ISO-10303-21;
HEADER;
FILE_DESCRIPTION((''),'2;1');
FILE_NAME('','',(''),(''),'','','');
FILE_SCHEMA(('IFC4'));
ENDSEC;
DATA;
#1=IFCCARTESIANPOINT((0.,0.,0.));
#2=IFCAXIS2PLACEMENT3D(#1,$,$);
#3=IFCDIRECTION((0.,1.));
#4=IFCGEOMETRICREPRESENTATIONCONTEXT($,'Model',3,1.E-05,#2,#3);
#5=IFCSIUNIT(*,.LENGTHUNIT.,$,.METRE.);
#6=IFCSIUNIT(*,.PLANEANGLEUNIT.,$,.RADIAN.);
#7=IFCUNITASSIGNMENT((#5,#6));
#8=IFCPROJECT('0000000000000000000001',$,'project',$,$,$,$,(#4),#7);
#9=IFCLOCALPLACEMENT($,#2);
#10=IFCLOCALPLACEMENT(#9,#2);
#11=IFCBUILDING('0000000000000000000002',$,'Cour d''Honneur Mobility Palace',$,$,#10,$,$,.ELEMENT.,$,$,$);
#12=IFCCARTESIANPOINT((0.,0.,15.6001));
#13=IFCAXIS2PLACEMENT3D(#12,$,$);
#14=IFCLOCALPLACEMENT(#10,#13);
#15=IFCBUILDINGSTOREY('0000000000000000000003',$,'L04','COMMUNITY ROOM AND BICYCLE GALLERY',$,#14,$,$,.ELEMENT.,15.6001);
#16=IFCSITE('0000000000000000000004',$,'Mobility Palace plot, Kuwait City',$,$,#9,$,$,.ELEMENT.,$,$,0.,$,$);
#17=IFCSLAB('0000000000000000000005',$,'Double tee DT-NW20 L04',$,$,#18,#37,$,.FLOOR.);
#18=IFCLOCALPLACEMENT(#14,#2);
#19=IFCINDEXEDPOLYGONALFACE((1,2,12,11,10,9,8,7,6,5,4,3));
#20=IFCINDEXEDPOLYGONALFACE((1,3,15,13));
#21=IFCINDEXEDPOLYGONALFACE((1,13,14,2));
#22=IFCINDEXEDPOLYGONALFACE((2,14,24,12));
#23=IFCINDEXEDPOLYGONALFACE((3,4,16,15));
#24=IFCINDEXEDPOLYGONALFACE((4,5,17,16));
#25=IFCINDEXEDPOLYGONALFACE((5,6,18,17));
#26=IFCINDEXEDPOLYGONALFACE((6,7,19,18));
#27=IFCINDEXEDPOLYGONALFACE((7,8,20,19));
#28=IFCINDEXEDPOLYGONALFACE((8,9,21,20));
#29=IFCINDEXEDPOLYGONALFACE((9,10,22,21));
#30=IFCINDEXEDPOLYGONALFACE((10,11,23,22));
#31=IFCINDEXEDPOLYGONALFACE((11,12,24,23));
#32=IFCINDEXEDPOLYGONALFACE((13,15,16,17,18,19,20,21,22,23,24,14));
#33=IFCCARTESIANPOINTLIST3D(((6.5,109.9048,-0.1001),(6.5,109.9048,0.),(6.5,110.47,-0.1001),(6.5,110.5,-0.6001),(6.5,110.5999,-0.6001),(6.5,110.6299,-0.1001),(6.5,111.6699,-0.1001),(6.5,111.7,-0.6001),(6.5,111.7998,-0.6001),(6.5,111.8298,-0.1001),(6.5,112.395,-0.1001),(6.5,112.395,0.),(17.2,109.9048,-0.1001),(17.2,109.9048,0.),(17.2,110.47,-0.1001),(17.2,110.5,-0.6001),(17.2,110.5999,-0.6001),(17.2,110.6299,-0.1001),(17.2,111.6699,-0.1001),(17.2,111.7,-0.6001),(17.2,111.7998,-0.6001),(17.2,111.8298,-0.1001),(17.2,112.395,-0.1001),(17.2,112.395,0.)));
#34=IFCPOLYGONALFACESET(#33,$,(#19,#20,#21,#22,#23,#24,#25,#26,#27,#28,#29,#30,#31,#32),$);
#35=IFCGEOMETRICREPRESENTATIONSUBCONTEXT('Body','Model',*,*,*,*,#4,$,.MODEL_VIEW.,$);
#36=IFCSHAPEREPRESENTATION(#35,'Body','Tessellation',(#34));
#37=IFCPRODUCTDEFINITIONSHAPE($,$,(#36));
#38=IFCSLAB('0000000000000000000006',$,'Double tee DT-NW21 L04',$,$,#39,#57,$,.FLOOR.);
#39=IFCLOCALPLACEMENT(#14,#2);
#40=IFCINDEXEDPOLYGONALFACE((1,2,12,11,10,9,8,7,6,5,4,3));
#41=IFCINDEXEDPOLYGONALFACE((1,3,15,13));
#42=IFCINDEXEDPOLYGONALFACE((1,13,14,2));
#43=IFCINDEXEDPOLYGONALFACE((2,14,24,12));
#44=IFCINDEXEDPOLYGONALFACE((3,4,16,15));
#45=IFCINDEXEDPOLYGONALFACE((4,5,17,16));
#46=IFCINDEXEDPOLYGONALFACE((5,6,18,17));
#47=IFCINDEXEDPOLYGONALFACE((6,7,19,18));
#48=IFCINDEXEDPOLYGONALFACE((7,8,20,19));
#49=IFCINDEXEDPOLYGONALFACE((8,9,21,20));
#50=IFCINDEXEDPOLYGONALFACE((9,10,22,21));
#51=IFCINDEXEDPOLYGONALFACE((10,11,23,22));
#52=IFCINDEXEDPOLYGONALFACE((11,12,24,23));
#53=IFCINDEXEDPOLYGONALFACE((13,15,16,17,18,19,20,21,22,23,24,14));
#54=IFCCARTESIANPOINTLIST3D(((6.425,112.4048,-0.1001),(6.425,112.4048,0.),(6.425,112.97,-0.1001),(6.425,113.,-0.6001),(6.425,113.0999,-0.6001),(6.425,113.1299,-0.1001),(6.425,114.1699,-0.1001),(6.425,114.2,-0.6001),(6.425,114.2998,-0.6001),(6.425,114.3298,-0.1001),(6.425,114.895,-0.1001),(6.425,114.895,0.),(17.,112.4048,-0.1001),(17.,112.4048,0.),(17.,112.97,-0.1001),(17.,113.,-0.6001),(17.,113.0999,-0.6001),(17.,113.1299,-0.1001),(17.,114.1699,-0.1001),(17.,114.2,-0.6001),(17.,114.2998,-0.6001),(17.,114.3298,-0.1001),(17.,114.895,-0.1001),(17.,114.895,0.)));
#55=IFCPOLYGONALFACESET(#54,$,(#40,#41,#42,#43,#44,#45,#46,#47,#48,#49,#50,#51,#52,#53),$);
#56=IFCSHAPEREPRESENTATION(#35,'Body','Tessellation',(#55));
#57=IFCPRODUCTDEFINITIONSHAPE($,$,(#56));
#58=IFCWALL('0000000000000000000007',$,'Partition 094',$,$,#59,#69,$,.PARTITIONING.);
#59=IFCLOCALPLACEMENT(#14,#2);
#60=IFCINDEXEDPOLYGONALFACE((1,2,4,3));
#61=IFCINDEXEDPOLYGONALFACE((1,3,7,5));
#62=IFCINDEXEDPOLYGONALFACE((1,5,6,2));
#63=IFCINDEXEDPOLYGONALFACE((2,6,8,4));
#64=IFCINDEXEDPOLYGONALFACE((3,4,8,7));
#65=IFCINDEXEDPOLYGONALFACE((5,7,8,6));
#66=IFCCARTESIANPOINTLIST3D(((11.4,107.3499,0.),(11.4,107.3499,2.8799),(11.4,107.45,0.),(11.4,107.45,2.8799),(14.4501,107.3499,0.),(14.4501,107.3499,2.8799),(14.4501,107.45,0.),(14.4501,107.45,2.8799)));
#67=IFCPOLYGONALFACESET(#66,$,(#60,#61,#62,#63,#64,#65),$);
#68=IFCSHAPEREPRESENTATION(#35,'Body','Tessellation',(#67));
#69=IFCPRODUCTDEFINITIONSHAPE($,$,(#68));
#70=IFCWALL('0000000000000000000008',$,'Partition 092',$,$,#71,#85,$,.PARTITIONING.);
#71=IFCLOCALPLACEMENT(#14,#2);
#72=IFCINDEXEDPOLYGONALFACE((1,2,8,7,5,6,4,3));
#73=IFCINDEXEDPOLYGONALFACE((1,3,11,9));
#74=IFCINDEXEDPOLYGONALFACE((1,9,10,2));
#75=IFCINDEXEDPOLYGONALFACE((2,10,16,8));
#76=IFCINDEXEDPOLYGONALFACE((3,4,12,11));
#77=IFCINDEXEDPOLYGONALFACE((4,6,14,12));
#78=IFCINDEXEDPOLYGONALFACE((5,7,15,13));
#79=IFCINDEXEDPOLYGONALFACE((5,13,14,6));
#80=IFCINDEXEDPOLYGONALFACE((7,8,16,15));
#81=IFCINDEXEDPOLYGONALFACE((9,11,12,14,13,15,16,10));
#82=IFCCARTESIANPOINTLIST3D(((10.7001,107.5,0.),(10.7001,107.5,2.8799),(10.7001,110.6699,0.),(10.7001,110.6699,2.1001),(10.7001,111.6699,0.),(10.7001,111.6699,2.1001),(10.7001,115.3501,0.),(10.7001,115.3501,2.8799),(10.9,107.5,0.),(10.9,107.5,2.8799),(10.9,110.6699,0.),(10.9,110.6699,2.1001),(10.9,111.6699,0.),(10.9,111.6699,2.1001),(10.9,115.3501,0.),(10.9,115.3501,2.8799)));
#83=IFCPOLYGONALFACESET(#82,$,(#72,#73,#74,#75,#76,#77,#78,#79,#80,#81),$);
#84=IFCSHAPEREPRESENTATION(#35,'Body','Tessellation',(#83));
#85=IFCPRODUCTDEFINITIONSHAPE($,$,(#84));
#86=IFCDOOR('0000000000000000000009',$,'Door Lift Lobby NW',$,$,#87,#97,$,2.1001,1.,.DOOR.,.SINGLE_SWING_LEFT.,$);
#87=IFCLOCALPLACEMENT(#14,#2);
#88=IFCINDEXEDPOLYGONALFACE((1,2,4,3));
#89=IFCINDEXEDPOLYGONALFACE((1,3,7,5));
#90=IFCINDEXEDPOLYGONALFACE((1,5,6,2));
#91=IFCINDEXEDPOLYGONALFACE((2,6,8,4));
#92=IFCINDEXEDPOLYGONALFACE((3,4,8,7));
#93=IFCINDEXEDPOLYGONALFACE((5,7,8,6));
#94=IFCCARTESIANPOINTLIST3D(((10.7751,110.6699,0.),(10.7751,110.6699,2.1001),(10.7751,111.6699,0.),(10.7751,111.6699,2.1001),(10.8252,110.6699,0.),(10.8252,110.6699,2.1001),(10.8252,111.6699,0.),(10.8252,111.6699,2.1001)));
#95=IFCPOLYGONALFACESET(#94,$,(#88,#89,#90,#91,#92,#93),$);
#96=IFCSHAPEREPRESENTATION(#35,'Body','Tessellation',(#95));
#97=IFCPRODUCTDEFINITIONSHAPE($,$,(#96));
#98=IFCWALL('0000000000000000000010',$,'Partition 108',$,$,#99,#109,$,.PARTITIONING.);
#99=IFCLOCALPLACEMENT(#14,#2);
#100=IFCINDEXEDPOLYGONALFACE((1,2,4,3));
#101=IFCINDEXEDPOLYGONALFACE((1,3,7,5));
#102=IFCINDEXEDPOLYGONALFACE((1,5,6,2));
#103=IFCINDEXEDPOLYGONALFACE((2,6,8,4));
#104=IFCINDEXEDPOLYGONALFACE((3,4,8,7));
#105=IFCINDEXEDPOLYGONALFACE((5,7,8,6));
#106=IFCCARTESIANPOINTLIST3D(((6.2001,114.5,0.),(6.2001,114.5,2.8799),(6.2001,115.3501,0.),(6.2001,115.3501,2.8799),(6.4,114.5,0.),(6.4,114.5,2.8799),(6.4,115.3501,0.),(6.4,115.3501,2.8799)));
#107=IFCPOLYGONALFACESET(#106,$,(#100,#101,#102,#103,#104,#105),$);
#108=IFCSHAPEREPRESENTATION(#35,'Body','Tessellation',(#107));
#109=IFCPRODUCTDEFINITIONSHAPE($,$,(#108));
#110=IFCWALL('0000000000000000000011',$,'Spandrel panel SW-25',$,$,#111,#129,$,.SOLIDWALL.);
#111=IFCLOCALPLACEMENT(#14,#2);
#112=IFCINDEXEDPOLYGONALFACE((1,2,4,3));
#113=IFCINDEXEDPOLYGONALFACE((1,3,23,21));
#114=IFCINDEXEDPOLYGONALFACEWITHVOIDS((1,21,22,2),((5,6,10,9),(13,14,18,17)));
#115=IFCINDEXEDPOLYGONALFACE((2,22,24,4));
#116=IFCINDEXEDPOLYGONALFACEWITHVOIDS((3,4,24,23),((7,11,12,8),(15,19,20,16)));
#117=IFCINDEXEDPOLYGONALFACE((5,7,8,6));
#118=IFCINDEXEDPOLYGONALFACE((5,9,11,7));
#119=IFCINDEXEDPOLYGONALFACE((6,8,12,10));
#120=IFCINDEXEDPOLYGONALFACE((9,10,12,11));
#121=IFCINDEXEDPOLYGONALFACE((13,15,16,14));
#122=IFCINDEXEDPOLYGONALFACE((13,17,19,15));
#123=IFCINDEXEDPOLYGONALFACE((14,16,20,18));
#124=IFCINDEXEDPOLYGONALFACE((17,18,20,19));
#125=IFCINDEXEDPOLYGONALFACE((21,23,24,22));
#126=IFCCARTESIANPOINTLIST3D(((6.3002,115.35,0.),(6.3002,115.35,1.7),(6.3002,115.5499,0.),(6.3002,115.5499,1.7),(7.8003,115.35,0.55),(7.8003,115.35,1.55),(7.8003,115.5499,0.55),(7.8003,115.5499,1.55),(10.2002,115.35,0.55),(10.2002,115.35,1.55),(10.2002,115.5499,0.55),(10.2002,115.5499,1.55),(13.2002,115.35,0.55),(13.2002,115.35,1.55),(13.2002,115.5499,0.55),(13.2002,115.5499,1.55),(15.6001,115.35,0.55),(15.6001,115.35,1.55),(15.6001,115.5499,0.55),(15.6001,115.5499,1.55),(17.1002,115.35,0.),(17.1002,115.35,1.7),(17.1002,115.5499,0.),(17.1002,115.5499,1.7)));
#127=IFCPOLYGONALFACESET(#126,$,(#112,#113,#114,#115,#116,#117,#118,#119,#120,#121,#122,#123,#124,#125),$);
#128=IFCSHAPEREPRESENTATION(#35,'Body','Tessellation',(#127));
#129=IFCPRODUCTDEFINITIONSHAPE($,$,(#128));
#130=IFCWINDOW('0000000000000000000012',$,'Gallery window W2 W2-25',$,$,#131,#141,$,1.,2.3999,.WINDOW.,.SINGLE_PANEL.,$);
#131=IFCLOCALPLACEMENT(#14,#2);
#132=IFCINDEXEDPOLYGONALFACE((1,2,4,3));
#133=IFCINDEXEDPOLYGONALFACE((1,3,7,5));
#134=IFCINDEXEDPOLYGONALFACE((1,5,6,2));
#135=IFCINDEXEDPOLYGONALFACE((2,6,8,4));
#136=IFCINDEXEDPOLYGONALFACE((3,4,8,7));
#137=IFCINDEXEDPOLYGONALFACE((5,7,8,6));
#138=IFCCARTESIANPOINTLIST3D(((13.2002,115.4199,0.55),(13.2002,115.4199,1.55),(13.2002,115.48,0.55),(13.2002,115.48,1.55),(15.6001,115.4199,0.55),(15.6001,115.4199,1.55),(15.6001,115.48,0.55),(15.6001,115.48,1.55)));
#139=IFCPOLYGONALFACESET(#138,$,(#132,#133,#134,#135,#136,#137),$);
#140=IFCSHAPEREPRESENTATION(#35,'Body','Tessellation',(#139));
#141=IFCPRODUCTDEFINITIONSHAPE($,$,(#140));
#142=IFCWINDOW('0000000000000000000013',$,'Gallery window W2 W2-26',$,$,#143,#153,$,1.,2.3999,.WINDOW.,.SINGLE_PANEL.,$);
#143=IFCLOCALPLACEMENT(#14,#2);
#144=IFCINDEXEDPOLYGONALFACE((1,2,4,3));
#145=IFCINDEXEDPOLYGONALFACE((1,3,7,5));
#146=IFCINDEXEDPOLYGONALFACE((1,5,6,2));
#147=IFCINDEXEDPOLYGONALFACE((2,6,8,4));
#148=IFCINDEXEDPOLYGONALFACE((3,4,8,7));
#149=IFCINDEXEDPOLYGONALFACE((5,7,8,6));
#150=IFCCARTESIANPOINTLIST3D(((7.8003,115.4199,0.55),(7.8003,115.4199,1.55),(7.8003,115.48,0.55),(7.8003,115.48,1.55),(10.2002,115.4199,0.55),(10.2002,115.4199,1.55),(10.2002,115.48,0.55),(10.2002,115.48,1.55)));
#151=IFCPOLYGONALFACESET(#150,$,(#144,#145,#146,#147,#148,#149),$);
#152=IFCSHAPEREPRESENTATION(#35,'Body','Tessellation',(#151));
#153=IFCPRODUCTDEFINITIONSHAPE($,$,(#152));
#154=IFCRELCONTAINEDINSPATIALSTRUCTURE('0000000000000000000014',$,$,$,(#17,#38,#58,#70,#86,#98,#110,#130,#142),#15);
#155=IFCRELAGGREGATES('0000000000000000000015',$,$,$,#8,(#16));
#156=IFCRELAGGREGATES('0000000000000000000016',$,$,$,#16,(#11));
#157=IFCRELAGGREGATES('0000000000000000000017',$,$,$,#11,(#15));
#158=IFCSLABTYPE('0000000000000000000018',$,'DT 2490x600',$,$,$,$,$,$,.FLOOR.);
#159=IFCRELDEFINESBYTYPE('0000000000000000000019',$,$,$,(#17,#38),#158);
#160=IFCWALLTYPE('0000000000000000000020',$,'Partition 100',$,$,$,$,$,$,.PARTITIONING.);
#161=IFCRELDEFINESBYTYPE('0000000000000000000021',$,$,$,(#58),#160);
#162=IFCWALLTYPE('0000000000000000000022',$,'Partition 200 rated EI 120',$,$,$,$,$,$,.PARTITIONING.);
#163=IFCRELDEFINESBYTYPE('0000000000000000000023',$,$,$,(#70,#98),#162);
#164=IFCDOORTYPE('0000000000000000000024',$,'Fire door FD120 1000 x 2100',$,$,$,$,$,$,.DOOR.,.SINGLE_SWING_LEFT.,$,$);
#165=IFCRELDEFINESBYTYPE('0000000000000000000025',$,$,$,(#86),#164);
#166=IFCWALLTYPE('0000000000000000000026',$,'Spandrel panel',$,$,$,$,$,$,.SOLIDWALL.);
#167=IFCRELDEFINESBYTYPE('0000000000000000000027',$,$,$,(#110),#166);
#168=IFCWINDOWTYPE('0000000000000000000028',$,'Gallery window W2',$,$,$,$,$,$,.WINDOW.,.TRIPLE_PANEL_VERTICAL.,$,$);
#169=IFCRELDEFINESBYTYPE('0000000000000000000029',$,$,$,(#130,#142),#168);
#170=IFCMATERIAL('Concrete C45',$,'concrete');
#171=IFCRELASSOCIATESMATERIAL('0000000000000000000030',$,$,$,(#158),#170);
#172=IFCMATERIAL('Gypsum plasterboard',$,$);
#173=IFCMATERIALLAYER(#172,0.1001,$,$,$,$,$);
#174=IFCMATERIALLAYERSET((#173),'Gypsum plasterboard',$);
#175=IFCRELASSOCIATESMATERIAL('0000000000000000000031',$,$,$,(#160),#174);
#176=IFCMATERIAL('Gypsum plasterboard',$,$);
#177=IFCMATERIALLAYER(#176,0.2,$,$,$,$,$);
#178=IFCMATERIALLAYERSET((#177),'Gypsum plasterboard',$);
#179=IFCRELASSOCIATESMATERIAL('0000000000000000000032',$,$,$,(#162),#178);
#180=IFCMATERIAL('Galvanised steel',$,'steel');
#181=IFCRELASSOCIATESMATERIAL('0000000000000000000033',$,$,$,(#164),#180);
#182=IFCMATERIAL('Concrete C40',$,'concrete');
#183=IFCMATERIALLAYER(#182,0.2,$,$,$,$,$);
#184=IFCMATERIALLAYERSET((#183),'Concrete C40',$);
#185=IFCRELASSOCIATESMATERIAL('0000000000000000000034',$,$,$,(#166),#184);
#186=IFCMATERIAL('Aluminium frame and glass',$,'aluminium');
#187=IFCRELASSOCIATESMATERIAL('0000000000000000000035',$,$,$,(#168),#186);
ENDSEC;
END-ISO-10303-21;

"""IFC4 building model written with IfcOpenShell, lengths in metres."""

from ifc_helpers import new_model, si_unit, direction, frame, frame_2d, origin, place, context, subcontext, project, spatial, polyline, rectangle, outline, extrude, material, layer, layer_set, material_profile, profile_set, type_object, element, fill, save


model = new_model("IFC4")

# Units and contexts
model_context = context("Model", 3, precision=1e-05, world=origin(), true_north=direction((0.0, 1.0)))
body_context = subcontext(model_context, "Body", "Model", "MODEL_VIEW")
ifc_project = project(units=[si_unit("LENGTHUNIT", "METRE"), si_unit("PLANEANGLEUNIT", "RADIAN")], contexts=[model_context])

# Site, building, storey
site_placement = place(None, origin())
site = spatial("IfcSite", under=ifc_project, at=site_placement, Name="Mobility Palace plot, Kuwait City", CompositionType="ELEMENT", RefElevation=0.0)
building_placement = place(site_placement, origin())
building = spatial("IfcBuilding", under=site, at=building_placement, Name="Cour d'Honneur Mobility Palace", CompositionType="ELEMENT")
storey_placement = place(building_placement, frame((0.0, 0.0, 15.6001)))
storey = spatial("IfcBuildingStorey", under=building, at=storey_placement, Name="L04", Description="COMMUNITY ROOM AND BICYCLE GALLERY", CompositionType="ELEMENT", Elevation=15.6001)

# Slabs
ifc_material_1 = material(Name="Concrete C45", Category="concrete")
ifc_material_profile_1 = material_profile(ifc_material_1, outline(polyline([(-1.2451, 0.0), (1.2451, 0.0), (1.2451, -0.1001), (0.6799, -0.1001), (0.6499, -0.6001), (0.55, -0.6001), (0.52, -0.1001), (-0.52, -0.1001), (-0.55, -0.6001), (-0.6499, -0.6001), (-0.6799, -0.1001), (-1.2451, -0.1001), (-1.2451, 0.0)])), Name="DT 2490x600")
ifc_profile_set_1 = profile_set([ifc_material_profile_1], Name="Concrete C45")
slab_type = type_object("IfcSlabType", Name="DT 2490x600", PredefinedType="FLOOR", material=ifc_profile_set_1)
slab_1_placement = place(storey_placement, frame((6.5, 111.1499, 0.0), z_axis=(1.0, 0.0, 0.0), x_axis=(0.0, 1.0, 0.0)))
element("IfcSlab", 1, at=slab_1_placement, inside=storey, type_object=slab_type, Name="Double tee DT-NW20 L04", PredefinedType="FLOOR", context=body_context, shape_type="SweptSolid", body=[
    extrude(outline(polyline([(-1.2451, 0.0), (1.2451, 0.0), (1.2451, -0.1001), (0.6799, -0.1001), (0.6499, -0.6001), (0.55, -0.6001), (0.52, -0.1001), (-0.52, -0.1001), (-0.55, -0.6001), (-0.6499, -0.6001), (-0.6799, -0.1001), (-1.2451, -0.1001), (-1.2451, 0.0)])), origin(), (0.0, 0.0, 1.0), 10.7),
])
slab_2_placement = place(storey_placement, frame((6.425, 113.6499, 0.0), z_axis=(1.0, 0.0, 0.0), x_axis=(0.0, 1.0, 0.0)))
element("IfcSlab", 2, at=slab_2_placement, inside=storey, type_object=slab_type, Name="Double tee DT-NW21 L04", PredefinedType="FLOOR", context=body_context, shape_type="SweptSolid", body=[
    extrude(outline(polyline([(-1.2451, 0.0), (1.2451, 0.0), (1.2451, -0.1001), (0.6799, -0.1001), (0.6499, -0.6001), (0.55, -0.6001), (0.52, -0.1001), (-0.52, -0.1001), (-0.55, -0.6001), (-0.6499, -0.6001), (-0.6799, -0.1001), (-1.2451, -0.1001), (-1.2451, 0.0)])), origin(), (0.0, 0.0, 1.0), 10.575),
])

# Wall
ifc_material_2 = material(Name="Gypsum plasterboard")
ifc_layer_1 = layer(ifc_material_2, 0.1001)
ifc_layer_set_1 = layer_set([ifc_layer_1], Name="Gypsum plasterboard")
wall_type_1 = type_object("IfcWallType", Name="Partition 100", PredefinedType="PARTITIONING", material=ifc_layer_set_1)
wall_1_placement = place(storey_placement, frame((14.45, 107.3999, 0.0), z_axis=(0.0, 0.0, 1.0), x_axis=(-1.0, 0.0, 0.0)))
element("IfcWall", 3, at=wall_1_placement, inside=storey, type_object=wall_type_1, Name="Partition 094", PredefinedType="PARTITIONING", context=body_context, shape_type="SweptSolid", body=[
    extrude(rectangle(XDim=3.05, YDim=0.1001, at=frame_2d((1.5249, 0.0))), origin(), (0.0, 0.0, 1.0), 2.8799),
])

# Wall, opening, door
ifc_material_3 = material(Name="Gypsum plasterboard")
ifc_layer_2 = layer(ifc_material_3, 0.2)
ifc_layer_set_2 = layer_set([ifc_layer_2], Name="Gypsum plasterboard")
wall_type_2 = type_object("IfcWallType", Name="Partition 200 rated EI 120", PredefinedType="PARTITIONING", material=ifc_layer_set_2)
wall_2_placement = place(storey_placement, frame((10.8, 107.5, 0.0), z_axis=(0.0, 0.0, 1.0), x_axis=(0.0, 1.0, 0.0)))
wall_2 = element("IfcWall", 4, at=wall_2_placement, inside=storey, type_object=wall_type_2, Name="Partition 092", PredefinedType="PARTITIONING", context=body_context, shape_type="SweptSolid", body=[
    extrude(rectangle(XDim=7.8501, YDim=0.2, at=frame_2d((3.925, 0.0))), origin(), (0.0, 0.0, 1.0), 2.8799),
])
opening_1_placement = place(wall_2_placement, frame((3.1699, 0.0, 0.0)))
opening_1 = element("IfcOpeningElement", 5, at=opening_1_placement, cuts=wall_2, PredefinedType="OPENING", context=body_context, shape_type="SweptSolid", body=[
    extrude(rectangle(XDim=1.0, YDim=2.1001, at=frame_2d((0.5, 1.05))), frame((0.0, 0.1099, 0.0), z_axis=(0.0, -1.0, 0.0), x_axis=(1.0, 0.0, 0.0)), (0.0, 0.0, 1.0), 0.22),
])
ifc_material_4 = material(Name="Galvanised steel", Category="steel")
door_type_1 = type_object("IfcDoorType", Name="Fire door FD120 1000 x 2100", OperationType="SINGLE_SWING_LEFT", PredefinedType="DOOR", material=ifc_material_4)
door_1_placement = place(opening_1_placement, origin())
door_1 = element("IfcDoor", 6, at=door_1_placement, inside=storey, type_object=door_type_1, Name="Door Lift Lobby NW", OperationType="SINGLE_SWING_LEFT", OverallHeight=2.1001, OverallWidth=1.0, PredefinedType="DOOR", context=body_context, shape_type="SweptSolid", body=[
    extrude(rectangle(XDim=1.0, YDim=2.1001, at=frame_2d((0.5, 1.05))), frame((0.0, 0.0249, 0.0), z_axis=(0.0, -1.0, 0.0), x_axis=(1.0, 0.0, 0.0)), (0.0, 0.0, 1.0), 0.05),
])
fill(opening_1, door_1)

# Wall
wall_3_placement = place(storey_placement, frame((6.3, 115.3501, 0.0), z_axis=(0.0, 0.0, 1.0), x_axis=(0.0, -1.0, 0.0)))
element("IfcWall", 7, at=wall_3_placement, inside=storey, type_object=wall_type_2, Name="Partition 108", PredefinedType="PARTITIONING", context=body_context, shape_type="SweptSolid", body=[
    extrude(rectangle(XDim=0.8501, YDim=0.2, at=frame_2d((0.425, 0.0))), origin(), (0.0, 0.0, 1.0), 2.8799),
])

# Wall, openings, windows
ifc_material_5 = material(Name="Concrete C40", Category="concrete")
ifc_layer_3 = layer(ifc_material_5, 0.2)
ifc_layer_set_3 = layer_set([ifc_layer_3], Name="Concrete C40")
wall_type_3 = type_object("IfcWallType", Name="Spandrel panel", PredefinedType="SOLIDWALL", material=ifc_layer_set_3)
wall_4_placement = place(storey_placement, frame((17.1001, 115.45, 0.0), z_axis=(0.0, 0.0, 1.0), x_axis=(-1.0, 0.0, 0.0)))
wall_4 = element("IfcWall", 8, at=wall_4_placement, inside=storey, type_object=wall_type_3, Name="Spandrel panel SW-25", PredefinedType="SOLIDWALL", context=body_context, shape_type="SweptSolid", body=[
    extrude(rectangle(XDim=10.8, YDim=0.2, at=frame_2d((5.3999, 0.0))), origin(), (0.0, 0.0, 1.0), 1.7),
])
opening_2_placement = place(wall_4_placement, frame((1.5, 0.0, 0.55)))
opening_2 = element("IfcOpeningElement", 9, at=opening_2_placement, cuts=wall_4, PredefinedType="OPENING", context=body_context, shape_type="SweptSolid", body=[
    extrude(rectangle(XDim=2.3999, YDim=1.0, at=frame_2d((1.2, 0.5))), frame((0.0, 0.1099, 0.0), z_axis=(0.0, -1.0, 0.0), x_axis=(1.0, 0.0, 0.0)), (0.0, 0.0, 1.0), 0.22),
])
opening_3_placement = place(wall_4_placement, frame((6.8999, 0.0, 0.55)))
opening_3 = element("IfcOpeningElement", 10, at=opening_3_placement, cuts=wall_4, PredefinedType="OPENING", context=body_context, shape_type="SweptSolid", body=[
    extrude(rectangle(XDim=2.3999, YDim=1.0, at=frame_2d((1.2, 0.5))), frame((0.0, 0.1099, 0.0), z_axis=(0.0, -1.0, 0.0), x_axis=(1.0, 0.0, 0.0)), (0.0, 0.0, 1.0), 0.22),
])
ifc_material_6 = material(Name="Aluminium frame and glass", Category="aluminium")
window_type = type_object("IfcWindowType", Name="Gallery window W2", PartitioningType="TRIPLE_PANEL_VERTICAL", PredefinedType="WINDOW", material=ifc_material_6)
window_1_placement = place(opening_2_placement, origin())
window_1 = element("IfcWindow", 11, at=window_1_placement, inside=storey, type_object=window_type, Name="Gallery window W2 W2-25", OverallHeight=1.0, OverallWidth=2.3999, PartitioningType="SINGLE_PANEL", PredefinedType="WINDOW", context=body_context, shape_type="SweptSolid", body=[
    extrude(rectangle(XDim=2.3999, YDim=1.0, at=frame_2d((1.2, 0.5))), frame((0.0, 0.03, 0.0), z_axis=(0.0, -1.0, 0.0), x_axis=(1.0, 0.0, 0.0)), (0.0, 0.0, 1.0), 0.0601),
])
fill(opening_2, window_1)
window_2_placement = place(opening_3_placement, origin())
window_2 = element("IfcWindow", 12, at=window_2_placement, inside=storey, type_object=window_type, Name="Gallery window W2 W2-26", OverallHeight=1.0, OverallWidth=2.3999, PartitioningType="SINGLE_PANEL", PredefinedType="WINDOW", context=body_context, shape_type="SweptSolid", body=[
    extrude(rectangle(XDim=2.3999, YDim=1.0, at=frame_2d((1.2, 0.5))), frame((0.0, 0.03, 0.0), z_axis=(0.0, -1.0, 0.0), x_axis=(1.0, 0.0, 0.0)), (0.0, 0.0, 1.0), 0.0601),
])
fill(opening_3, window_2)

save(model, "model.ifc")
